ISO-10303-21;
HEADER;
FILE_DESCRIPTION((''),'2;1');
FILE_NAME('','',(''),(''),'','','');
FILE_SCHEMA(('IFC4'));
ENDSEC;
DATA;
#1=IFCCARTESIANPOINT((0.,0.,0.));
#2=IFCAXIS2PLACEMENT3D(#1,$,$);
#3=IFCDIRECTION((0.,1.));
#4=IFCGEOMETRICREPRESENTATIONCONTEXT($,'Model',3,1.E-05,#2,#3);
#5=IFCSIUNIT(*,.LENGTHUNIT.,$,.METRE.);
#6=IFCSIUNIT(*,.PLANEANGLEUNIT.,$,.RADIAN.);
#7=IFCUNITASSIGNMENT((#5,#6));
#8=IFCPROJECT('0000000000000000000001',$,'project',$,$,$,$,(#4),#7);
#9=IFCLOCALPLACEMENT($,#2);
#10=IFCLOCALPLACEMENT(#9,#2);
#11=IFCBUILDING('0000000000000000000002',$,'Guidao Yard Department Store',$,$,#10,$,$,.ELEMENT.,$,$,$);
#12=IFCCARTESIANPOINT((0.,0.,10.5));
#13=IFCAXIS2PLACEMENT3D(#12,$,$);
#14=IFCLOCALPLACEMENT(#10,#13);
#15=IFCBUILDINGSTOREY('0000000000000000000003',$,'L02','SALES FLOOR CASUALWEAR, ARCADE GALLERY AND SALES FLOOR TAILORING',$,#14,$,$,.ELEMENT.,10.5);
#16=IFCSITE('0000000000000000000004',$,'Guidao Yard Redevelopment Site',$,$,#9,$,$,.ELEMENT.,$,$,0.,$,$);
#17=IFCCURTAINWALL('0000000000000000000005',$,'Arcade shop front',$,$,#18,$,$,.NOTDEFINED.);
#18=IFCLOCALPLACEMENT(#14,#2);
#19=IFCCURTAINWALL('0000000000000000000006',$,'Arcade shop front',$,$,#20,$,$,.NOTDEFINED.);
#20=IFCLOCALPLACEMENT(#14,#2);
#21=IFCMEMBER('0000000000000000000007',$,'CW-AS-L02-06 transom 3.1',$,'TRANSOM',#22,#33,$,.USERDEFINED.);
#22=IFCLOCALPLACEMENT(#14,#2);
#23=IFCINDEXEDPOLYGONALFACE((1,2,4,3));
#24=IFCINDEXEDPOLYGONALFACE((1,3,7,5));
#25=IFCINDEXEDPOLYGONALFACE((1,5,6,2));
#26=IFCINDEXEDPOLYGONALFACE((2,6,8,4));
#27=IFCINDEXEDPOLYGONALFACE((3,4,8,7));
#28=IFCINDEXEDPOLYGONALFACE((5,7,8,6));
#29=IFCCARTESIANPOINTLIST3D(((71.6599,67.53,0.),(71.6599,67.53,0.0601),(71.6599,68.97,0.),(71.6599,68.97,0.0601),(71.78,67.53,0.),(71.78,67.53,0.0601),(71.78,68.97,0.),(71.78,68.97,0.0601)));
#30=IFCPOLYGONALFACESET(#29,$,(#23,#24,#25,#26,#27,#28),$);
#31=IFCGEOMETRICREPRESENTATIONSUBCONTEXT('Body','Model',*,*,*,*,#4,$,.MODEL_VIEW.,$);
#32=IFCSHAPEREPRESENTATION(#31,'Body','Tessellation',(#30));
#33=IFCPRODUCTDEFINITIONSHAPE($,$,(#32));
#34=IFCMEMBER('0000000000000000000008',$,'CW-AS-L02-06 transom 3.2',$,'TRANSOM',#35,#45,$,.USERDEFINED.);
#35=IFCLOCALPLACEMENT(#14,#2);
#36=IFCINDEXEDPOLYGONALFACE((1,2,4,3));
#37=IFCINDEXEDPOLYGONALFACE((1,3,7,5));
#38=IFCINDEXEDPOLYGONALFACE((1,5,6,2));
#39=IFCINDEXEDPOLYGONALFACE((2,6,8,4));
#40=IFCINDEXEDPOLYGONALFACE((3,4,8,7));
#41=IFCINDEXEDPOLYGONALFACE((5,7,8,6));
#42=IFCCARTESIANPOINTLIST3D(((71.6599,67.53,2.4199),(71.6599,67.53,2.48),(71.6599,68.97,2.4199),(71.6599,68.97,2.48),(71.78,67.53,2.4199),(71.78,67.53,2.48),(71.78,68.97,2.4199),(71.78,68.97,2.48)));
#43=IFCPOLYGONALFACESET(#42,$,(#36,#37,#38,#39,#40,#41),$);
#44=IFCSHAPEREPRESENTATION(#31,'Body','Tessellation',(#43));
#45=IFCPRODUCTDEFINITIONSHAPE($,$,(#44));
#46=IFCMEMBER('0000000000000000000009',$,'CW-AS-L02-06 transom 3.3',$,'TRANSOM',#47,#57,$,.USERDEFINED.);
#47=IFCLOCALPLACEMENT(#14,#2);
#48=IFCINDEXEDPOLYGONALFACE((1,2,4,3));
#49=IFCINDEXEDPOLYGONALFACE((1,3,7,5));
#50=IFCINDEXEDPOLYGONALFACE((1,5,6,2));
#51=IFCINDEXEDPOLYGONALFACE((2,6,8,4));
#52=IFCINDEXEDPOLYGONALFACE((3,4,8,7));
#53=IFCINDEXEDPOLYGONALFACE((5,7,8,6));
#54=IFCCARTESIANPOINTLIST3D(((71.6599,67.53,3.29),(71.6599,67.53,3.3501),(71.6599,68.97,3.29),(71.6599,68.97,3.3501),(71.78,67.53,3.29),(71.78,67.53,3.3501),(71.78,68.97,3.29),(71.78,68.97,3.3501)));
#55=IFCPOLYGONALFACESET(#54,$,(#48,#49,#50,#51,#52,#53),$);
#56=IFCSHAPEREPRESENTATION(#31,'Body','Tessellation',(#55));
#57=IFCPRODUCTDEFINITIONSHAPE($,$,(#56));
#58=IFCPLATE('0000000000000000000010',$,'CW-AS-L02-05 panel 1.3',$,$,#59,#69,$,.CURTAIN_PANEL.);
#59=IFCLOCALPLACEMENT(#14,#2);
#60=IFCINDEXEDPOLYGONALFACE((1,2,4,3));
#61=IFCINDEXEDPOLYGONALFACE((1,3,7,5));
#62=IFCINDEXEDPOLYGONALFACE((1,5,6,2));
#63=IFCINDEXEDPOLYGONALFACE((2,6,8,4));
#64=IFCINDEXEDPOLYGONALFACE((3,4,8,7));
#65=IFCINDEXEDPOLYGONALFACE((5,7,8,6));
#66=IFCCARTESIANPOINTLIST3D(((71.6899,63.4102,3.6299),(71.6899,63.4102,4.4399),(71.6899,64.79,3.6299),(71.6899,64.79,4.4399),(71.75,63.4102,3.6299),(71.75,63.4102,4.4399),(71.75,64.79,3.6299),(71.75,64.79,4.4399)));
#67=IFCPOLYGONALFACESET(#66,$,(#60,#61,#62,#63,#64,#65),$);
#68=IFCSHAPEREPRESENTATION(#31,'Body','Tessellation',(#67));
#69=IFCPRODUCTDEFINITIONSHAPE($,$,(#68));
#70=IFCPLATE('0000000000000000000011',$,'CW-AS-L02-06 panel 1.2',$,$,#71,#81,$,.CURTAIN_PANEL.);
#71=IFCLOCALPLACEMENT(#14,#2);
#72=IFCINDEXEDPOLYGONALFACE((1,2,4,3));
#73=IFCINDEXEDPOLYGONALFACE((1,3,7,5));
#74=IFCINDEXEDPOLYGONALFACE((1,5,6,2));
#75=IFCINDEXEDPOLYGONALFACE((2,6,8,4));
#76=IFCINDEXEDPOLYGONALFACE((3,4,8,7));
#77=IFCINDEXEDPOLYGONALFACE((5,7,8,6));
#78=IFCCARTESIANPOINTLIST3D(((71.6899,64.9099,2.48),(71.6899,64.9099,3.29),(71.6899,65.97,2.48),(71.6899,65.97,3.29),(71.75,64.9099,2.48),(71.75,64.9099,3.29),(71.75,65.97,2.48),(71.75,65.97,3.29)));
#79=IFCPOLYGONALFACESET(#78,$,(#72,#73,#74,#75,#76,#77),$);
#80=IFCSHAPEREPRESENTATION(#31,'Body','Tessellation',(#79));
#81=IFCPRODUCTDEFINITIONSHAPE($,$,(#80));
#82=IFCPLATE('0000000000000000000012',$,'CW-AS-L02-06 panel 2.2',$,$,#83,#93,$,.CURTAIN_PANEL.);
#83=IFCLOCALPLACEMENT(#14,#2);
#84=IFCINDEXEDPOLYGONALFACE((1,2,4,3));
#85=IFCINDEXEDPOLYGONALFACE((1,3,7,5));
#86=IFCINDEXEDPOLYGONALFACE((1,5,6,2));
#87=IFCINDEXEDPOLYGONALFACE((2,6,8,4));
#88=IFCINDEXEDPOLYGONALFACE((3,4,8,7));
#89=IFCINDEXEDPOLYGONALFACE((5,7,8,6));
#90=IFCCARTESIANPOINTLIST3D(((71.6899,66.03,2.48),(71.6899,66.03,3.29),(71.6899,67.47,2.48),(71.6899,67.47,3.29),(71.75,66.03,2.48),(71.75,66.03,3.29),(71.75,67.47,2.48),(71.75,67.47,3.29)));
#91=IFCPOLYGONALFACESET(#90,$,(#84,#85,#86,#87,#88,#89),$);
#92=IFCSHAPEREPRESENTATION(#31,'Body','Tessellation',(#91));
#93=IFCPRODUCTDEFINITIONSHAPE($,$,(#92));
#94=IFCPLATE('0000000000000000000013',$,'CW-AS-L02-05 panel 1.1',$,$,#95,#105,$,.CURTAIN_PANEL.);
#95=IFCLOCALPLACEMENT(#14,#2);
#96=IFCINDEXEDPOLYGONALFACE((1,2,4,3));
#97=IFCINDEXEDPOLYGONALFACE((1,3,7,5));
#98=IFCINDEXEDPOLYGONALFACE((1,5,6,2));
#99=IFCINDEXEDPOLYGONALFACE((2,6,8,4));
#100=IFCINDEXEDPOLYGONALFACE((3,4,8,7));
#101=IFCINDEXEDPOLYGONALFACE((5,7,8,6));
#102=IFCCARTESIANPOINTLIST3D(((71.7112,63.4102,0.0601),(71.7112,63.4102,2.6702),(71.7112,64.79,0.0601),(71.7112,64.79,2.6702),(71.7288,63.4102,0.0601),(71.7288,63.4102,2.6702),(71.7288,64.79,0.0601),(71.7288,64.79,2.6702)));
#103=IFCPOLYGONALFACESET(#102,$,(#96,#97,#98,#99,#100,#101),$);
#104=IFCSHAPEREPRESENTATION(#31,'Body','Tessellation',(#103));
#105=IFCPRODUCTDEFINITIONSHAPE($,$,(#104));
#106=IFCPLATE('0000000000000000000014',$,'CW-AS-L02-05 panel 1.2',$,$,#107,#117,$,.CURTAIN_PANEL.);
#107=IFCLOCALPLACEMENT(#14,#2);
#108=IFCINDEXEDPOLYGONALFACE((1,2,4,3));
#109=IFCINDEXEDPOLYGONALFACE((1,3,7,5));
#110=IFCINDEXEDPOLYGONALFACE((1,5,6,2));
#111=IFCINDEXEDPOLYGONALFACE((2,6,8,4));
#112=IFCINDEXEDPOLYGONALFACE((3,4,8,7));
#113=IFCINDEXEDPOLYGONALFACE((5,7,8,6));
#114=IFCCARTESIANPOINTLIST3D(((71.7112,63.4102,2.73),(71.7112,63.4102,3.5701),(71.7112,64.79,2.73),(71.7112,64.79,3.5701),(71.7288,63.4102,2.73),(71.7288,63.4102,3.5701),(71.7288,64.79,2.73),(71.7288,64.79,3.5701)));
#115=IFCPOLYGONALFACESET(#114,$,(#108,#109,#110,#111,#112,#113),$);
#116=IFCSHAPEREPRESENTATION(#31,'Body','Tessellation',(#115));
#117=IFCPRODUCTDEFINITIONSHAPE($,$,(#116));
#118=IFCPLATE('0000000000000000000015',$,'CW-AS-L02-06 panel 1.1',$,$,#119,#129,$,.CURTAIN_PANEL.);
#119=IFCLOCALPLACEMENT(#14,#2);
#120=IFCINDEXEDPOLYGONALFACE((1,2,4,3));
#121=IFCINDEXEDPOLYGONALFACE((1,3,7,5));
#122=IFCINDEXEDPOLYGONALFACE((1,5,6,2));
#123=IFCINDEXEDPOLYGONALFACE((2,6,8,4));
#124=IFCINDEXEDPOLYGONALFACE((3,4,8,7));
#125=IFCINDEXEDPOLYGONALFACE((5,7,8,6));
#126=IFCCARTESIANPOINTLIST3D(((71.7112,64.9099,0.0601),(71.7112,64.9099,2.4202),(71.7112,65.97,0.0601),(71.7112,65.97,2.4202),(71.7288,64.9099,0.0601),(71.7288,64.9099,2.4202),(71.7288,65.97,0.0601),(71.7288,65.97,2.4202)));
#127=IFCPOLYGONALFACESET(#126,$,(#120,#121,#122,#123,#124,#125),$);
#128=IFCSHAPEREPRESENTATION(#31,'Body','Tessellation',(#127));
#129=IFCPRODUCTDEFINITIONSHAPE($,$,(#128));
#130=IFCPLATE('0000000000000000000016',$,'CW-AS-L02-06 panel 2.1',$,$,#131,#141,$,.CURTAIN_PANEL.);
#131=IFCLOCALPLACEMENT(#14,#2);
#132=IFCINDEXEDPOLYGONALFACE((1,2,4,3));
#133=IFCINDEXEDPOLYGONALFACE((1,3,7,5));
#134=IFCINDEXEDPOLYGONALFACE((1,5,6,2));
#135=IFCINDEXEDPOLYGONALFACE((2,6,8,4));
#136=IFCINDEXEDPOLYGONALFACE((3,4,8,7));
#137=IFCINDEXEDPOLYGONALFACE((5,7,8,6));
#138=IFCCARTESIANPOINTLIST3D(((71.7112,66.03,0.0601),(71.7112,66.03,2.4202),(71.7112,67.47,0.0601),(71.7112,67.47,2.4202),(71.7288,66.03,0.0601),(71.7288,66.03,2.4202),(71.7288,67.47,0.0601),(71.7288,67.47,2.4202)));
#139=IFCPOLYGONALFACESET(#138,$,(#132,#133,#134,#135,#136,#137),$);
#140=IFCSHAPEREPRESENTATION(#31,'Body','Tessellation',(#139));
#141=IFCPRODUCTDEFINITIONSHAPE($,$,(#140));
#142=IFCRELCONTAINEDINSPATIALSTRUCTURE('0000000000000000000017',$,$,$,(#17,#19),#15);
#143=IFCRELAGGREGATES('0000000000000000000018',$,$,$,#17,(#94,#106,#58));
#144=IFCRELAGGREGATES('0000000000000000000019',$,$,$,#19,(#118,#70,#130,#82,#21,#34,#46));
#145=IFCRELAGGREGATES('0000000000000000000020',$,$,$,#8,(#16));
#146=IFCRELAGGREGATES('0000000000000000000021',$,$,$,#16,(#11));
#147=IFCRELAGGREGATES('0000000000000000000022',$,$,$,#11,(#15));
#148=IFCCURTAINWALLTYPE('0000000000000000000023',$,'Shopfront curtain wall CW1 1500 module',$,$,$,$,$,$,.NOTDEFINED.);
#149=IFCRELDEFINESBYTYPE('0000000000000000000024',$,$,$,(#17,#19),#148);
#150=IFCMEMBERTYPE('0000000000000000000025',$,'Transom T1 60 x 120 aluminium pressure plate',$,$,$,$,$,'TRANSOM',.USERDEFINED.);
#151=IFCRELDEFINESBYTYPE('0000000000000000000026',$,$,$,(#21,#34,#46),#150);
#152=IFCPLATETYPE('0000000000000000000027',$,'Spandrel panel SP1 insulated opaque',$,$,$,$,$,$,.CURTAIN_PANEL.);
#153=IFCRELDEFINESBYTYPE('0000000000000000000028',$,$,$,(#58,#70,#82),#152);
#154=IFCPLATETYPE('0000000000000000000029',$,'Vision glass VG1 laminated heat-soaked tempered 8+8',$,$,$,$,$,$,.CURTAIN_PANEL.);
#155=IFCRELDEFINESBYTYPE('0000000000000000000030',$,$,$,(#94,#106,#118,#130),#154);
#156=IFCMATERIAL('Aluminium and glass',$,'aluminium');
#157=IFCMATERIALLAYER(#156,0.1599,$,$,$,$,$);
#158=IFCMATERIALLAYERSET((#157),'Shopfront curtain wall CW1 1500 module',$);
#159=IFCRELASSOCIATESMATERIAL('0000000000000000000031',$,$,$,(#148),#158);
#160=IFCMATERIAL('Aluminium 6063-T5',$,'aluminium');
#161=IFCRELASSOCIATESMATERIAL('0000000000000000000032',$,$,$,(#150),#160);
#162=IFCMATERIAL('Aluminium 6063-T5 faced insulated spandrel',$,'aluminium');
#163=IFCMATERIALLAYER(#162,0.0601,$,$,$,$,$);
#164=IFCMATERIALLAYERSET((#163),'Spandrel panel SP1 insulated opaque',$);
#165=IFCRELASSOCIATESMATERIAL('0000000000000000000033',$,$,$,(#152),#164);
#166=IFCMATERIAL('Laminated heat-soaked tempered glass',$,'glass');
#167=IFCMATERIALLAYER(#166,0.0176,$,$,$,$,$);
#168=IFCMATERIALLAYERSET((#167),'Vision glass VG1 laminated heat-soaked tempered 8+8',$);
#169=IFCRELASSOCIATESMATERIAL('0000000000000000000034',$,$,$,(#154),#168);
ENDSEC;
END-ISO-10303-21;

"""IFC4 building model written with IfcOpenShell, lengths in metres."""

from ifc_helpers import new_model, si_unit, direction, frame, origin, origin_2d, place, context, subcontext, project, spatial, rectangle, extrude, material, layer, layer_set, material_profile, profile_set, type_object, element, aggregate, save


model = new_model("IFC4")

# Units and contexts
model_context = context("Model", 3, precision=1e-05, world=origin(), true_north=direction((0.0, 1.0)))
body_context = subcontext(model_context, "Body", "Model", "MODEL_VIEW")
ifc_project = project(units=[si_unit("LENGTHUNIT", "METRE"), si_unit("PLANEANGLEUNIT", "RADIAN")], contexts=[model_context])

# Site, building, storey
site_placement = place(None, origin())
site = spatial("IfcSite", under=ifc_project, at=site_placement, Name="Guidao Yard Redevelopment Site", CompositionType="ELEMENT", RefElevation=0.0)
building_placement = place(site_placement, origin())
building = spatial("IfcBuilding", under=site, at=building_placement, Name="Guidao Yard Department Store", CompositionType="ELEMENT")
storey_placement = place(building_placement, frame((0.0, 0.0, 10.5)))
storey = spatial("IfcBuildingStorey", under=building, at=storey_placement, Name="L02", Description="SALES FLOOR CASUALWEAR, ARCADE GALLERY AND SALES FLOOR TAILORING", CompositionType="ELEMENT", Elevation=10.5)

# Curtain walls
ifc_material_1 = material(Name="Aluminium and glass", Category="aluminium")
ifc_layer_1 = layer(ifc_material_1, 0.1599)
ifc_layer_set_1 = layer_set([ifc_layer_1], Name="Shopfront curtain wall CW1 1500 module")
curtain_wall_type = type_object("IfcCurtainWallType", Name="Shopfront curtain wall CW1 1500 module", PredefinedType="NOTDEFINED", material=ifc_layer_set_1)
curtain_wall_1_placement = place(storey_placement, origin())
curtain_wall_1 = element("IfcCurtainWall", 1, at=curtain_wall_1_placement, inside=storey, type_object=curtain_wall_type, Name="Arcade shop front", PredefinedType="NOTDEFINED")
curtain_wall_2_placement = place(storey_placement, origin())
curtain_wall_2 = element("IfcCurtainWall", 2, at=curtain_wall_2_placement, inside=storey, type_object=curtain_wall_type, Name="Arcade shop front", PredefinedType="NOTDEFINED")

# Members
ifc_material_2 = material(Name="Aluminium 6063-T5", Category="aluminium")
ifc_material_profile_1 = material_profile(ifc_material_2, rectangle(XDim=0.1201, YDim=0.0601, at=origin_2d()), Name="Transom T1 60 x 120 aluminium pressure plate")
ifc_profile_set_1 = profile_set([ifc_material_profile_1], Name="Aluminium 6063-T5")
member_type_1 = type_object("IfcMemberType", Name="Transom T1 60 x 120 aluminium pressure plate", ElementType="TRANSOM", PredefinedType="USERDEFINED", material=ifc_profile_set_1)
member_1_placement = place(storey_placement, frame((71.72, 67.53, 0.03), z_axis=(0.0, 1.0, 0.0), x_axis=(-1.0, 0.0, 0.0)))
member_1 = element("IfcMember", 3, at=member_1_placement, type_object=member_type_1, Name="CW-AS-L02-06 transom 3.1", ObjectType="TRANSOM", PredefinedType="USERDEFINED", context=body_context, shape_type="SweptSolid", body=[
    extrude(rectangle(XDim=0.1201, YDim=0.0601, at=origin_2d()), origin(), (0.0, 0.0, 1.0), 1.4399),
])
member_2_placement = place(storey_placement, frame((71.72, 67.53, 2.45), z_axis=(0.0, 1.0, 0.0), x_axis=(-1.0, 0.0, 0.0)))
member_2 = element("IfcMember", 4, at=member_2_placement, type_object=member_type_1, Name="CW-AS-L02-06 transom 3.2", ObjectType="TRANSOM", PredefinedType="USERDEFINED", context=body_context, shape_type="SweptSolid", body=[
    extrude(rectangle(XDim=0.1201, YDim=0.0601, at=origin_2d()), origin(), (0.0, 0.0, 1.0), 1.4399),
])
member_3_placement = place(storey_placement, frame((71.72, 67.53, 3.3201), z_axis=(0.0, 1.0, 0.0), x_axis=(-1.0, 0.0, 0.0)))
member_3 = element("IfcMember", 5, at=member_3_placement, type_object=member_type_1, Name="CW-AS-L02-06 transom 3.3", ObjectType="TRANSOM", PredefinedType="USERDEFINED", context=body_context, shape_type="SweptSolid", body=[
    extrude(rectangle(XDim=0.1201, YDim=0.0601, at=origin_2d()), origin(), (0.0, 0.0, 1.0), 1.4399),
])

# Plates
ifc_material_3 = material(Name="Aluminium 6063-T5 faced insulated spandrel", Category="aluminium")
ifc_layer_2 = layer(ifc_material_3, 0.0601)
ifc_layer_set_2 = layer_set([ifc_layer_2], Name="Spandrel panel SP1 insulated opaque")
plate_type_1 = type_object("IfcPlateType", Name="Spandrel panel SP1 insulated opaque", PredefinedType="CURTAIN_PANEL", material=ifc_layer_set_2)
plate_1_placement = place(storey_placement, frame((71.72, 64.1001, 3.6299), z_axis=(0.0, 0.0, 1.0), x_axis=(0.0, 1.0, 0.0)))
plate_1 = element("IfcPlate", 6, at=plate_1_placement, type_object=plate_type_1, Name="CW-AS-L02-05 panel 1.3", PredefinedType="CURTAIN_PANEL", context=body_context, shape_type="SweptSolid", body=[
    extrude(rectangle(XDim=1.3799, YDim=0.0601, at=origin_2d()), origin(), (0.0, 0.0, 1.0), 0.8101),
])
plate_2_placement = place(storey_placement, frame((71.72, 65.4399, 2.48), z_axis=(0.0, 0.0, 1.0), x_axis=(0.0, 1.0, 0.0)))
plate_2 = element("IfcPlate", 7, at=plate_2_placement, type_object=plate_type_1, Name="CW-AS-L02-06 panel 1.2", PredefinedType="CURTAIN_PANEL", context=body_context, shape_type="SweptSolid", body=[
    extrude(rectangle(XDim=1.0601, YDim=0.0601, at=origin_2d()), origin(), (0.0, 0.0, 1.0), 0.8101),
])
plate_3_placement = place(storey_placement, frame((71.72, 66.75, 2.48), z_axis=(0.0, 0.0, 1.0), x_axis=(0.0, 1.0, 0.0)))
plate_3 = element("IfcPlate", 8, at=plate_3_placement, type_object=plate_type_1, Name="CW-AS-L02-06 panel 2.2", PredefinedType="CURTAIN_PANEL", context=body_context, shape_type="SweptSolid", body=[
    extrude(rectangle(XDim=1.4399, YDim=0.0601, at=origin_2d()), origin(), (0.0, 0.0, 1.0), 0.8101),
])
ifc_material_4 = material(Name="Laminated heat-soaked tempered glass", Category="glass")
ifc_layer_3 = layer(ifc_material_4, 0.0176)
ifc_layer_set_3 = layer_set([ifc_layer_3], Name="Vision glass VG1 laminated heat-soaked tempered 8+8")
plate_type_2 = type_object("IfcPlateType", Name="Vision glass VG1 laminated heat-soaked tempered 8+8", PredefinedType="CURTAIN_PANEL", material=ifc_layer_set_3)
plate_4_placement = place(storey_placement, frame((71.72, 64.1001, 0.0601), z_axis=(0.0, 0.0, 1.0), x_axis=(0.0, 1.0, 0.0)))
plate_4 = element("IfcPlate", 9, at=plate_4_placement, type_object=plate_type_2, Name="CW-AS-L02-05 panel 1.1", PredefinedType="CURTAIN_PANEL", context=body_context, shape_type="SweptSolid", body=[
    extrude(rectangle(XDim=1.3799, YDim=0.0176, at=origin_2d()), origin(), (0.0, 0.0, 1.0), 2.6101),
])
plate_5_placement = place(storey_placement, frame((71.72, 64.1001, 2.73), z_axis=(0.0, 0.0, 1.0), x_axis=(0.0, 1.0, 0.0)))
plate_5 = element("IfcPlate", 10, at=plate_5_placement, type_object=plate_type_2, Name="CW-AS-L02-05 panel 1.2", PredefinedType="CURTAIN_PANEL", context=body_context, shape_type="SweptSolid", body=[
    extrude(rectangle(XDim=1.3799, YDim=0.0176, at=origin_2d()), origin(), (0.0, 0.0, 1.0), 0.8401),
])
aggregate(curtain_wall_1, [plate_4, plate_5, plate_1])
plate_6_placement = place(storey_placement, frame((71.72, 65.4399, 0.0601), z_axis=(0.0, 0.0, 1.0), x_axis=(0.0, 1.0, 0.0)))
plate_6 = element("IfcPlate", 11, at=plate_6_placement, type_object=plate_type_2, Name="CW-AS-L02-06 panel 1.1", PredefinedType="CURTAIN_PANEL", context=body_context, shape_type="SweptSolid", body=[
    extrude(rectangle(XDim=1.0601, YDim=0.0176, at=origin_2d()), origin(), (0.0, 0.0, 1.0), 2.3601),
])
plate_7_placement = place(storey_placement, frame((71.72, 66.75, 0.0601), z_axis=(0.0, 0.0, 1.0), x_axis=(0.0, 1.0, 0.0)))
plate_7 = element("IfcPlate", 12, at=plate_7_placement, type_object=plate_type_2, Name="CW-AS-L02-06 panel 2.1", PredefinedType="CURTAIN_PANEL", context=body_context, shape_type="SweptSolid", body=[
    extrude(rectangle(XDim=1.4399, YDim=0.0176, at=origin_2d()), origin(), (0.0, 0.0, 1.0), 2.3601),
])
aggregate(curtain_wall_2, [plate_6, plate_2, plate_7, plate_3, member_1, member_2, member_3])

save(model, "model.ifc")
